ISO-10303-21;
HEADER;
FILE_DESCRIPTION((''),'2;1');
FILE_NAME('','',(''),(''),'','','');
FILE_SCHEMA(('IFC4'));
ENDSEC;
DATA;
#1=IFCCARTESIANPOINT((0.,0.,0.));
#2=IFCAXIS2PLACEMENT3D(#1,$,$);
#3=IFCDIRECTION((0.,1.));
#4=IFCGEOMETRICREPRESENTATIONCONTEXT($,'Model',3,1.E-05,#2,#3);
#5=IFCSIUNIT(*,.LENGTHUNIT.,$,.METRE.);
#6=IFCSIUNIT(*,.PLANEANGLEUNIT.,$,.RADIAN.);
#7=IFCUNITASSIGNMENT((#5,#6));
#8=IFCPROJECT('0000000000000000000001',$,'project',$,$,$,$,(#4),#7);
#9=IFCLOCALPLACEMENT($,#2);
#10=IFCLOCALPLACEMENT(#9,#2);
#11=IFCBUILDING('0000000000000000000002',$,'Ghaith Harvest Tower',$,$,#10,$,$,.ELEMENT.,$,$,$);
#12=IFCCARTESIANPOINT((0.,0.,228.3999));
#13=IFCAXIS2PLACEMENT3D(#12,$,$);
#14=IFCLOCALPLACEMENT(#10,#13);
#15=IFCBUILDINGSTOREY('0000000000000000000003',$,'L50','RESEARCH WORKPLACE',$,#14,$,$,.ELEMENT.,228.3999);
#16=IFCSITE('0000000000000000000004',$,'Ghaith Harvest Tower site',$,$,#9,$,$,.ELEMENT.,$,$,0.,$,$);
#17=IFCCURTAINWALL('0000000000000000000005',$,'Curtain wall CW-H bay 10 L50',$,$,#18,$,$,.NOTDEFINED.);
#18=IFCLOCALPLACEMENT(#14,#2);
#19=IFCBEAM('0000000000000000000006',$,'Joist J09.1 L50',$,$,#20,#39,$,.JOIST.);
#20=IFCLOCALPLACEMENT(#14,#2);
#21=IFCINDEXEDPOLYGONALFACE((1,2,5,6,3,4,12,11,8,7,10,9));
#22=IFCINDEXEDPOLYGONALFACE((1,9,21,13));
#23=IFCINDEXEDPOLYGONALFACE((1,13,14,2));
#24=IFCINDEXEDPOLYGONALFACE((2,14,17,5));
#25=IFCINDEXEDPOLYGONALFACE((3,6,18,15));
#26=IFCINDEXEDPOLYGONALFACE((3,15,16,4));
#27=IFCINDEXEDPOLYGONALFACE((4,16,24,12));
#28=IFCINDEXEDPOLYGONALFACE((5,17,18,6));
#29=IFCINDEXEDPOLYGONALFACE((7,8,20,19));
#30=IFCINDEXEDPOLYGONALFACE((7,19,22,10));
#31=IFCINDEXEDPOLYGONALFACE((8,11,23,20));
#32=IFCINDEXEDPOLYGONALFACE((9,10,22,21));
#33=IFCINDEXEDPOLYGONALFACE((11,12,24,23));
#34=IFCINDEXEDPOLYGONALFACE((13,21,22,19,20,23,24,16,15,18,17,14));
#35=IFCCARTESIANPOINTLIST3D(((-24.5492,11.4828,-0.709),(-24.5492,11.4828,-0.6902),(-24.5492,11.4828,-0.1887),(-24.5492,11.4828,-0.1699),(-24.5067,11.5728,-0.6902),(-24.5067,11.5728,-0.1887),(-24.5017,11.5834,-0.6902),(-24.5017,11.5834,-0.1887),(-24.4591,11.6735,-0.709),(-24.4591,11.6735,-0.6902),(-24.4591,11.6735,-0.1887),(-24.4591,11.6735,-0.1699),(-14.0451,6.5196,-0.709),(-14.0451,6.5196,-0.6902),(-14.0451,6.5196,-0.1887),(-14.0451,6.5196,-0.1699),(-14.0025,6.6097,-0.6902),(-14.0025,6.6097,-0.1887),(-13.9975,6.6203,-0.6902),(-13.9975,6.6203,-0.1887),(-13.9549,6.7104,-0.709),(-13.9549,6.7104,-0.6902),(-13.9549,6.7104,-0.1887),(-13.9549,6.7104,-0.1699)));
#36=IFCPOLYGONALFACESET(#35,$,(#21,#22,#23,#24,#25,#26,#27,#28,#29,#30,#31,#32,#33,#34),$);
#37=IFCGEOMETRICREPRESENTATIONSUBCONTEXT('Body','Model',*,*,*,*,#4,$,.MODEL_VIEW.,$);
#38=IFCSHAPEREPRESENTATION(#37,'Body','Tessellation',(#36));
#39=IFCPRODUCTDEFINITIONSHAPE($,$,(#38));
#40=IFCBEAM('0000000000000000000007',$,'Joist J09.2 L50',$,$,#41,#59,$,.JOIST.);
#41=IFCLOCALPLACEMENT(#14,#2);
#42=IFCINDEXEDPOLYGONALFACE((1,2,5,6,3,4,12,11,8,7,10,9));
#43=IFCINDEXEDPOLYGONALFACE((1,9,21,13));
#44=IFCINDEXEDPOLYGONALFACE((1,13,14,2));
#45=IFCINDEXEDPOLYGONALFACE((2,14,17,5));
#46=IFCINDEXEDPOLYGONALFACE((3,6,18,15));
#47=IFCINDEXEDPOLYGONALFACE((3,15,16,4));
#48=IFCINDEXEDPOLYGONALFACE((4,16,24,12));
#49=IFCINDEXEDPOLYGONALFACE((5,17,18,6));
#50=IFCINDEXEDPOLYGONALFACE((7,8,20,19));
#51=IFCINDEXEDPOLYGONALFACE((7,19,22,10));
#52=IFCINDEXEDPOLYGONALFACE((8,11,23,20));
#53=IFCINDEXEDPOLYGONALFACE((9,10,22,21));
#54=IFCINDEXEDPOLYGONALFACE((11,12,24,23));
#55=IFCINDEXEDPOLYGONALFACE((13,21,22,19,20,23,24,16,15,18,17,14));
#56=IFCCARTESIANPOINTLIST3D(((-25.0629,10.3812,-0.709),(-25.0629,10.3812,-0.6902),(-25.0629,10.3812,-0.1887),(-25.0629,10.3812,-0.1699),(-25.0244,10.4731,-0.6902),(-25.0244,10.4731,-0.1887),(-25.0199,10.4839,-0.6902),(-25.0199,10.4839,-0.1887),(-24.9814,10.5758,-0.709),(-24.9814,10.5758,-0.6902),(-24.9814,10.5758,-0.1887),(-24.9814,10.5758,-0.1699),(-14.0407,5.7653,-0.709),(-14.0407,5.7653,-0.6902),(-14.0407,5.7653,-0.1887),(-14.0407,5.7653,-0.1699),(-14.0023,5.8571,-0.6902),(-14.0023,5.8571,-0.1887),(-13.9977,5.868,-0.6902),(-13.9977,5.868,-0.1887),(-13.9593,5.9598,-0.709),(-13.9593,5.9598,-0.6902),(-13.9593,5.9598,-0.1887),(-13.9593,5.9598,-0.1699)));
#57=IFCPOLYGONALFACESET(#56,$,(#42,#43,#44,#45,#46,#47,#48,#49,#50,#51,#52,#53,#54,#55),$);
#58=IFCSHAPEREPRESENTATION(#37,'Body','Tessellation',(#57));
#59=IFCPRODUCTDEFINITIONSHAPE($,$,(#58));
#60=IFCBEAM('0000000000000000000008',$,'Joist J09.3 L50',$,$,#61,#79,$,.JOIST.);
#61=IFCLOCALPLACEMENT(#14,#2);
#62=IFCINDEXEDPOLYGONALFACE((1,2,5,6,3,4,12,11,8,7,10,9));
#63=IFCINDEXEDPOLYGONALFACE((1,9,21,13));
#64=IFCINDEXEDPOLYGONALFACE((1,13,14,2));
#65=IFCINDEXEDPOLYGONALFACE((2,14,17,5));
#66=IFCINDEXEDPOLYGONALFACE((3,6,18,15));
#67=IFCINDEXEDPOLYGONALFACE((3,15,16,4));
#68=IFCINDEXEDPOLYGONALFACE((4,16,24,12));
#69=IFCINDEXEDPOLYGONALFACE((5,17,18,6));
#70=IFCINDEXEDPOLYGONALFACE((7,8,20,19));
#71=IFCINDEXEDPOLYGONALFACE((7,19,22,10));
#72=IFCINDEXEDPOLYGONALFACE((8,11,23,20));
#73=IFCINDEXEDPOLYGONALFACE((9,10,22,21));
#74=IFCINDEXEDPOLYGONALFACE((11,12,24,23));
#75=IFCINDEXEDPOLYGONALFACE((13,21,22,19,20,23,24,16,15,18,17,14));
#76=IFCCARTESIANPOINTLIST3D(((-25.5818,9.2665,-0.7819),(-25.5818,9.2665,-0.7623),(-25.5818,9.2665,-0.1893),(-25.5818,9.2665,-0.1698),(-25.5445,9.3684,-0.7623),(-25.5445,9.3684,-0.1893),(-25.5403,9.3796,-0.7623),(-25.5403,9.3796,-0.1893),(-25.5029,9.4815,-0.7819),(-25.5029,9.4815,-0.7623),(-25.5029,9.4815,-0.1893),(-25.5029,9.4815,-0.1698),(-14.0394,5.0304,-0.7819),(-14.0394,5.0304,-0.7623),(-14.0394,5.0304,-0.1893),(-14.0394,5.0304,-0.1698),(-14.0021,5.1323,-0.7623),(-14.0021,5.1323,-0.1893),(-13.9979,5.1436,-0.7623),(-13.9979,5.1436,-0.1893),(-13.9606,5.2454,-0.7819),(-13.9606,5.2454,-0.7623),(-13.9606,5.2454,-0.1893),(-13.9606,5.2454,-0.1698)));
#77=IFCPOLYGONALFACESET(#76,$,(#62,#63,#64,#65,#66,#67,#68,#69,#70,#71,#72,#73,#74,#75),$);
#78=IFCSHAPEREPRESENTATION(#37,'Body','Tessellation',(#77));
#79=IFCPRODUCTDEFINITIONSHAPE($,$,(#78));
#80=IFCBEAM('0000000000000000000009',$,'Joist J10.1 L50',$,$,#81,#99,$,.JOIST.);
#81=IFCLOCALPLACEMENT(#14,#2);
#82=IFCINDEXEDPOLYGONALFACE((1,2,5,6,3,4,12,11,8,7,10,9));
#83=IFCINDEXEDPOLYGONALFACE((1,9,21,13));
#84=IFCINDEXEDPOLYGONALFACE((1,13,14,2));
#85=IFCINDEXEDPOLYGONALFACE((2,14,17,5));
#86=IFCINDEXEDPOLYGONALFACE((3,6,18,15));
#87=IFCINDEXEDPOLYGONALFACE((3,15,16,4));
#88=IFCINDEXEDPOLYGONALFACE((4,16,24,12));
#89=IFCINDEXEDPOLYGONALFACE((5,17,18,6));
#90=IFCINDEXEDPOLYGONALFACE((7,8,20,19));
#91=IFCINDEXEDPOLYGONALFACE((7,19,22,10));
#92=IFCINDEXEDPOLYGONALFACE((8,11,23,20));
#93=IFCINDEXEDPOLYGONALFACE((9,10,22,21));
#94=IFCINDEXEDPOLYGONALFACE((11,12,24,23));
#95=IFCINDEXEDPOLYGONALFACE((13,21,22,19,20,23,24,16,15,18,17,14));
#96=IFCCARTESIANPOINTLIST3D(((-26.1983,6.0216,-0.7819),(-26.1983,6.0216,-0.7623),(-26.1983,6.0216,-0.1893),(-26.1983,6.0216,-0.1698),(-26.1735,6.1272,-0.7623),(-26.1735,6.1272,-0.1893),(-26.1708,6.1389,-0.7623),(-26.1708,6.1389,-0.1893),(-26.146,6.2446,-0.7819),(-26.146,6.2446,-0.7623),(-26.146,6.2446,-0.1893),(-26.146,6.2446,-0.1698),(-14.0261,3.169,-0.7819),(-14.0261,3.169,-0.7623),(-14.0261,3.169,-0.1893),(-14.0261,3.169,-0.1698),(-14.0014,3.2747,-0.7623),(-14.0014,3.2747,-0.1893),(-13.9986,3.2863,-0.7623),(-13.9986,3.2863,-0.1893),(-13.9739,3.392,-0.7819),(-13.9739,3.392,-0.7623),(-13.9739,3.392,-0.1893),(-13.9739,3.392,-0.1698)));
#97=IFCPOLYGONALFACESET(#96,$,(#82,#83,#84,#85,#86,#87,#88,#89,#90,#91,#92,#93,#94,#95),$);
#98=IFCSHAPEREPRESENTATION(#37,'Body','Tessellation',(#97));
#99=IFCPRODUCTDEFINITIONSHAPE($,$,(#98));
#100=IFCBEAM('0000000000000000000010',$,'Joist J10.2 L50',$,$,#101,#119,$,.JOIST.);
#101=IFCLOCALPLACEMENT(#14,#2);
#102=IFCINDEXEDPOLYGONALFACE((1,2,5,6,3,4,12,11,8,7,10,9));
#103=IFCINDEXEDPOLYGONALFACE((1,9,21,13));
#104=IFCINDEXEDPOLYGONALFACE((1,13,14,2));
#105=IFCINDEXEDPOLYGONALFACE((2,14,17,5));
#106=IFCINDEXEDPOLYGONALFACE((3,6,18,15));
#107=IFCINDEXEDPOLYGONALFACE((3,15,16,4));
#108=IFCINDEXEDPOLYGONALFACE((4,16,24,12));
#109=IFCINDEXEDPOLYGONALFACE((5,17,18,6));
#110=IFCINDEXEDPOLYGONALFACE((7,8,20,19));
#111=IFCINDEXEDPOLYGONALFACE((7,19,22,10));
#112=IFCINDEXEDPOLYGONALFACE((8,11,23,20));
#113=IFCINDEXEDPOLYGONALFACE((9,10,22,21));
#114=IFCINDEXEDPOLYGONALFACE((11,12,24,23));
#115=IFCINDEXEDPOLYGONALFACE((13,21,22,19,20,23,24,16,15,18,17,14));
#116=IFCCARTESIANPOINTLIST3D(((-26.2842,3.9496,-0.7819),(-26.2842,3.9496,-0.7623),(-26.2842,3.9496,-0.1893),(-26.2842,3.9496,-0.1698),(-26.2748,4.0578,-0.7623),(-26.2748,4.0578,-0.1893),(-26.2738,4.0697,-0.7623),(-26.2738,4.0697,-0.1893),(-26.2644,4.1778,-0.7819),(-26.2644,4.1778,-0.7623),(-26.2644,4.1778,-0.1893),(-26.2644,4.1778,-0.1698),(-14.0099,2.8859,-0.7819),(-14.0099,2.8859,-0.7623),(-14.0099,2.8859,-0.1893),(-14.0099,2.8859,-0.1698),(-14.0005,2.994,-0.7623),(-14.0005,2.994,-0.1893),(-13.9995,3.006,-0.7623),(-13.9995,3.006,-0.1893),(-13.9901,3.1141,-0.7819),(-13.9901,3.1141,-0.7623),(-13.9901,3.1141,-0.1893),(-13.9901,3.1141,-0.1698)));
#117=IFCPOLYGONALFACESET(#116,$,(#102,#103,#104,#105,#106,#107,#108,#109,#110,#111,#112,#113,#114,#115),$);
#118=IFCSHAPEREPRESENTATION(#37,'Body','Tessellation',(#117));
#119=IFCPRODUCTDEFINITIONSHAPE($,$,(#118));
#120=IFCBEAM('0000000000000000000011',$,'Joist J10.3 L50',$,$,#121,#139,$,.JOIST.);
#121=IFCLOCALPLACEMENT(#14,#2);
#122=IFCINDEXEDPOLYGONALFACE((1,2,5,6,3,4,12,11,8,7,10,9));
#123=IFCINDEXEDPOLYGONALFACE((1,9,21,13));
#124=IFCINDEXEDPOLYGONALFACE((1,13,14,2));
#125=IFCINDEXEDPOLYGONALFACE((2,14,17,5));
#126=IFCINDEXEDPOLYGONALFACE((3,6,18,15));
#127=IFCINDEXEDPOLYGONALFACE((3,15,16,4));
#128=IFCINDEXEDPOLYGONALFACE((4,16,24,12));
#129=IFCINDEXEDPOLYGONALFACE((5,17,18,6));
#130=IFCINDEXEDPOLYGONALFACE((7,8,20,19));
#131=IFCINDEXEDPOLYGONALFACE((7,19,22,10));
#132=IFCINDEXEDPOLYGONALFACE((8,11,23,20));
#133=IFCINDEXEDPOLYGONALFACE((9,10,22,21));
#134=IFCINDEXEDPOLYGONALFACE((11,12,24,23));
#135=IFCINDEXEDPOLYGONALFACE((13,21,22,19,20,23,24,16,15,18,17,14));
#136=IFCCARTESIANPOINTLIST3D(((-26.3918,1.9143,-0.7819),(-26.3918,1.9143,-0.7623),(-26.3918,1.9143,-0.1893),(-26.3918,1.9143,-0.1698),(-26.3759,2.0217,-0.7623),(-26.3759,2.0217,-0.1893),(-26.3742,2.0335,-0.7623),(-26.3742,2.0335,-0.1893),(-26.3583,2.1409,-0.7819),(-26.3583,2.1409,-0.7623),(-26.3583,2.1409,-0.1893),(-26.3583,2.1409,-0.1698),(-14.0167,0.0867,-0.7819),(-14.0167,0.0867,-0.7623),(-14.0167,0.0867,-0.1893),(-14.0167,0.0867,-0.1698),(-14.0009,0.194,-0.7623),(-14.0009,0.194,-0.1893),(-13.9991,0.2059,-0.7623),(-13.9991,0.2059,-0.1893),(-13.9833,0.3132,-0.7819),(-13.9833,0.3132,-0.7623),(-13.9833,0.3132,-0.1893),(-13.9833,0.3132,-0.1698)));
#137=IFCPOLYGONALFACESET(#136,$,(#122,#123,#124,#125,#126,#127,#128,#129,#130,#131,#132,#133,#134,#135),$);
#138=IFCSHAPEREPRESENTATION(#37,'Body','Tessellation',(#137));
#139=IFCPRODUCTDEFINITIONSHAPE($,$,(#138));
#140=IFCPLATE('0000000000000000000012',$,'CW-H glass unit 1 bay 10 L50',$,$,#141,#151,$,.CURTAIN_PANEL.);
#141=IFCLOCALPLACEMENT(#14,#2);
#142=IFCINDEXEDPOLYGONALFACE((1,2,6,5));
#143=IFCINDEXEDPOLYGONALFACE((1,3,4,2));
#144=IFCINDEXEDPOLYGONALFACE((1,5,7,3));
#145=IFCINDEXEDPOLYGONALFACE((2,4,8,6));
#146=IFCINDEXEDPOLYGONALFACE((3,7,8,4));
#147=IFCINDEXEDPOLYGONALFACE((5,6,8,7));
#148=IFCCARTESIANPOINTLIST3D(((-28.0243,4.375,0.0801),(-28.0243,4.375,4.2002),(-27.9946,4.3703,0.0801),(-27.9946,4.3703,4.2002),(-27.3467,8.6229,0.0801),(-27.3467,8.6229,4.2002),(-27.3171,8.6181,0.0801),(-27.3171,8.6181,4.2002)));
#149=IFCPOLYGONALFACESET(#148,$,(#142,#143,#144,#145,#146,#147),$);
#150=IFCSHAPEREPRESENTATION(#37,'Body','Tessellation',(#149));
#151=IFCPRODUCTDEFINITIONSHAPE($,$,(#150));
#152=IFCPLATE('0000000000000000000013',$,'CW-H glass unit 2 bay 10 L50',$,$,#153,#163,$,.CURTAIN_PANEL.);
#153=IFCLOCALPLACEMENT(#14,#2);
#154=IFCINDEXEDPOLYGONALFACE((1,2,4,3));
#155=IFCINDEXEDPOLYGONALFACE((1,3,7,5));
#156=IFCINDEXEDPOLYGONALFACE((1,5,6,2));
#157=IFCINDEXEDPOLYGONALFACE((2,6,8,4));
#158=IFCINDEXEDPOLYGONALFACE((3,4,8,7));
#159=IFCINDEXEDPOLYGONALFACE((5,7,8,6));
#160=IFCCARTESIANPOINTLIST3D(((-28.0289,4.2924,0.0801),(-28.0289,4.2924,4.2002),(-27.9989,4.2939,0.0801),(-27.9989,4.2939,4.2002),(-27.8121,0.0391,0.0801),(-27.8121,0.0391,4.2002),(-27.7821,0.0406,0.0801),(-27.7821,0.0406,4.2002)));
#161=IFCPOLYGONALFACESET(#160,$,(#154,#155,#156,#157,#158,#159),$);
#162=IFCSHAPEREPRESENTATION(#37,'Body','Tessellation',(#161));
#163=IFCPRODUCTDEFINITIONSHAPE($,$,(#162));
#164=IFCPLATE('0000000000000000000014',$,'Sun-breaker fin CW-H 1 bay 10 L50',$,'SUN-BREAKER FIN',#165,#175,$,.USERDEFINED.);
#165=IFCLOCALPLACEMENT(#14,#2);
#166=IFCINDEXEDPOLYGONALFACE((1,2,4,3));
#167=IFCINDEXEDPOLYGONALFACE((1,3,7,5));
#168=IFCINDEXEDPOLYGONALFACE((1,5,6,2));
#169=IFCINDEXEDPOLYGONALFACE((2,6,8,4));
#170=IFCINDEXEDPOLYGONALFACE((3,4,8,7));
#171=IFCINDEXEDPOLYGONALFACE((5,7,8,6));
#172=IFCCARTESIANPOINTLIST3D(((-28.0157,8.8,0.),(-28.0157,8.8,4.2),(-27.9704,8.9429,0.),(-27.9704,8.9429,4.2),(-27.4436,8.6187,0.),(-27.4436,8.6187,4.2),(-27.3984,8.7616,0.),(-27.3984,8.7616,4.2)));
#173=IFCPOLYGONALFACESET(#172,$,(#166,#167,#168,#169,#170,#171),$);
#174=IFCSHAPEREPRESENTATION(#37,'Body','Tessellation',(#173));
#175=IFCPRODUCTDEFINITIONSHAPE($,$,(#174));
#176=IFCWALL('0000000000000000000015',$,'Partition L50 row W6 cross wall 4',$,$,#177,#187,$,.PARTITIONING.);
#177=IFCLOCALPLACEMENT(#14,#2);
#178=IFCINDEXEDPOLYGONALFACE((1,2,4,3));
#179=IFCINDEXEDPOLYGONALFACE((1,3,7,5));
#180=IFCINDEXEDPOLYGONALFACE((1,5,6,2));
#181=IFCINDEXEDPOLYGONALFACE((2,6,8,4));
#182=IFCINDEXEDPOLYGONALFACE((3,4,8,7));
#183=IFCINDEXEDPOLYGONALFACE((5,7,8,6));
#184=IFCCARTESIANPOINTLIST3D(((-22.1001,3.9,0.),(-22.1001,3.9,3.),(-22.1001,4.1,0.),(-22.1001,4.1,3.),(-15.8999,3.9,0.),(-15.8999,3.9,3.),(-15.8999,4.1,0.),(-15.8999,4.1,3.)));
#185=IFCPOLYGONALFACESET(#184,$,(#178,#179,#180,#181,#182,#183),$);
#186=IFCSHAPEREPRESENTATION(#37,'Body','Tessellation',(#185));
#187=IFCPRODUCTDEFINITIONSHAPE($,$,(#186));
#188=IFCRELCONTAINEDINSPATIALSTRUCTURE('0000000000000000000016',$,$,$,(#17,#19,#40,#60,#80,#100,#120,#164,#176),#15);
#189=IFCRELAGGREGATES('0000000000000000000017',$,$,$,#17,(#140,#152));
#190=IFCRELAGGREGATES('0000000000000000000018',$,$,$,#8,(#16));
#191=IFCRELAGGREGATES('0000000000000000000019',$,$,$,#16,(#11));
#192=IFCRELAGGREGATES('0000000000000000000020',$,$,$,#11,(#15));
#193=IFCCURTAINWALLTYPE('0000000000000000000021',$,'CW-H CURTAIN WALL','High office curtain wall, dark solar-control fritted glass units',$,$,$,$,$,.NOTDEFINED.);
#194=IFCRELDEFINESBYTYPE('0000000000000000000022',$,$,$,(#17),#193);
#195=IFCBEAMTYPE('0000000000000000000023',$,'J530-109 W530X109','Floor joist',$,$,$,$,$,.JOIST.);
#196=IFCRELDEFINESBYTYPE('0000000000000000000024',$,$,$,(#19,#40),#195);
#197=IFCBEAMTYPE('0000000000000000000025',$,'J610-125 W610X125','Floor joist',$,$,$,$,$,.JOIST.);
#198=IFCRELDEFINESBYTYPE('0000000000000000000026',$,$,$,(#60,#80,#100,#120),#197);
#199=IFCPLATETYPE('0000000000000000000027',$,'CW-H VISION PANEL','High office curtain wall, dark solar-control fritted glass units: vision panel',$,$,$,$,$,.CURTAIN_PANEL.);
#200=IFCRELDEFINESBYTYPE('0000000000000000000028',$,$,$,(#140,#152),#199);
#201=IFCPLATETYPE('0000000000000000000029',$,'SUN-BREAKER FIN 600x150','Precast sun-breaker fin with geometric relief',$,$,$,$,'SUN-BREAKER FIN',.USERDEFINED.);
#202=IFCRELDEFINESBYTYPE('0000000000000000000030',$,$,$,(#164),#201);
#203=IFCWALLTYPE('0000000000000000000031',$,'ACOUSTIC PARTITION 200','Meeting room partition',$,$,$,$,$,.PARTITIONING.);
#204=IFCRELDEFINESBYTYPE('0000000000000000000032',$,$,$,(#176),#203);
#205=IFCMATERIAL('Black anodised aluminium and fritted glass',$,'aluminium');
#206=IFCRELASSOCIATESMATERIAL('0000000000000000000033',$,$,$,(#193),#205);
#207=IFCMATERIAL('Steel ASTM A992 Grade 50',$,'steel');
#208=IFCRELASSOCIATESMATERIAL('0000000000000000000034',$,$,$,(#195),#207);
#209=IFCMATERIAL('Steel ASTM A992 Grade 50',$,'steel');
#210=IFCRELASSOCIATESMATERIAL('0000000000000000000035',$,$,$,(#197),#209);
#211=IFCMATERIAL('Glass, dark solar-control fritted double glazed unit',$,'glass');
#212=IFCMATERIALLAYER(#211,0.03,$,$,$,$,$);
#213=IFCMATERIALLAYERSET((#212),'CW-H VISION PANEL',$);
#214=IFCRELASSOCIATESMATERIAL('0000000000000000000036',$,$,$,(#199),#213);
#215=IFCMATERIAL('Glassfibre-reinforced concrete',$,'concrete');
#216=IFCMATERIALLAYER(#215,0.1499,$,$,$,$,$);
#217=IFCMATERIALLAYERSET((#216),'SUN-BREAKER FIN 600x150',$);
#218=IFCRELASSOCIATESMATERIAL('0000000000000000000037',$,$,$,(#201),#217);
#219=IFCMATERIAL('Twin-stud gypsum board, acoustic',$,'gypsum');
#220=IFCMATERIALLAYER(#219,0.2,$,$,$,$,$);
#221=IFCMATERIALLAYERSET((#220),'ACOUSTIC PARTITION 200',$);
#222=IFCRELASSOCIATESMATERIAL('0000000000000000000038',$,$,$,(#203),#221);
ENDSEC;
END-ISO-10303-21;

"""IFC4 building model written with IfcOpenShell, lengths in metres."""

from ifc_helpers import new_model, si_unit, direction, frame, frame_2d, origin, origin_2d, place, context, subcontext, project, spatial, rectangle, i_section, extrude, material, layer, layer_set, material_profile, profile_set, type_object, element, aggregate, save


model = new_model("IFC4")

# Units and contexts
model_context = context("Model", 3, precision=1e-05, world=origin(), true_north=direction((0.0, 1.0)))
body_context = subcontext(model_context, "Body", "Model", "MODEL_VIEW")
ifc_project = project(units=[si_unit("LENGTHUNIT", "METRE"), si_unit("PLANEANGLEUNIT", "RADIAN")], contexts=[model_context])

# Site, building, storey
site_placement = place(None, origin())
site = spatial("IfcSite", under=ifc_project, at=site_placement, Name="Ghaith Harvest Tower site", CompositionType="ELEMENT", RefElevation=0.0)
building_placement = place(site_placement, origin())
building = spatial("IfcBuilding", under=site, at=building_placement, Name="Ghaith Harvest Tower", CompositionType="ELEMENT")
storey_placement = place(building_placement, frame((0.0, 0.0, 228.3999)))
storey = spatial("IfcBuildingStorey", under=building, at=storey_placement, Name="L50", Description="RESEARCH WORKPLACE", CompositionType="ELEMENT", Elevation=228.3999)

# Curtain wall
ifc_material_1 = material(Name="Black anodised aluminium and fritted glass", Category="aluminium")
curtain_wall_type = type_object("IfcCurtainWallType", Name="CW-H CURTAIN WALL", Description="High office curtain wall, dark solar-control fritted glass units", PredefinedType="NOTDEFINED", material=ifc_material_1)
curtain_wall_placement = place(storey_placement, origin())
curtain_wall = element("IfcCurtainWall", 1, at=curtain_wall_placement, inside=storey, type_object=curtain_wall_type, Name="Curtain wall CW-H bay 10 L50", PredefinedType="NOTDEFINED")

# Beams
ifc_material_2 = material(Name="Steel ASTM A992 Grade 50", Category="steel")
ifc_material_profile_1 = material_profile(ifc_material_2, i_section(OverallWidth=0.2109, OverallDepth=0.5391, WebThickness=0.0117, FlangeThickness=0.0188, at=origin_2d()), Name="W530X109")
ifc_profile_set_1 = profile_set([ifc_material_profile_1], Name="Steel ASTM A992 Grade 50")
beam_type_1 = type_object("IfcBeamType", Name="J530-109 W530X109", Description="Floor joist", PredefinedType="JOIST", material=ifc_profile_set_1)
beam_1_placement = place(storey_placement, frame((-14.0, 6.615, -0.4395), z_axis=(-0.904154, 0.427206, 0.0), x_axis=(-0.427206, -0.904154, 0.0)))
element("IfcBeam", 2, at=beam_1_placement, inside=storey, type_object=beam_type_1, Name="Joist J09.1 L50", PredefinedType="JOIST", context=body_context, shape_type="SweptSolid", body=[
    extrude(i_section(OverallWidth=0.2109, OverallDepth=0.5391, WebThickness=0.0117, FlangeThickness=0.0188, at=origin_2d()), origin(), (0.0, 0.0, 1.0), 11.6177),
])
beam_2_placement = place(storey_placement, frame((-14.0, 5.8625, -0.4395), z_axis=(-0.922381, 0.386282, 0.0), x_axis=(-0.386282, -0.922381, 0.0)))
element("IfcBeam", 3, at=beam_2_placement, inside=storey, type_object=beam_type_1, Name="Joist J09.2 L50", PredefinedType="JOIST", context=body_context, shape_type="SweptSolid", body=[
    extrude(i_section(OverallWidth=0.2109, OverallDepth=0.5391, WebThickness=0.0117, FlangeThickness=0.0188, at=origin_2d()), origin(), (0.0, 0.0, 1.0), 11.9497),
])
ifc_material_3 = material(Name="Steel ASTM A992 Grade 50", Category="steel")
ifc_material_profile_2 = material_profile(ifc_material_3, i_section(OverallWidth=0.229, OverallDepth=0.6121, WebThickness=0.012, FlangeThickness=0.0195, at=origin_2d()), Name="W610X125")
ifc_profile_set_2 = profile_set([ifc_material_profile_2], Name="Steel ASTM A992 Grade 50")
beam_type_2 = type_object("IfcBeamType", Name="J610-125 W610X125", Description="Floor joist", PredefinedType="JOIST", material=ifc_profile_set_2)
beam_3_placement = place(storey_placement, frame((-14.0, 5.1379, -0.4758), z_axis=(-0.938775, 0.34453, 0.0), x_axis=(-0.34453, -0.938775, 0.0)))
element("IfcBeam", 4, at=beam_3_placement, inside=storey, type_object=beam_type_2, Name="Joist J09.3 L50", PredefinedType="JOIST", context=body_context, shape_type="SweptSolid", body=[
    extrude(i_section(OverallWidth=0.229, OverallDepth=0.6121, WebThickness=0.012, FlangeThickness=0.0195, at=origin_2d()), origin(), (0.0, 0.0, 1.0), 12.2952),
])
beam_4_placement = place(storey_placement, frame((-14.0, 3.2805, -0.4758), z_axis=(-0.973622, 0.228168, 0.0), x_axis=(-0.228168, -0.973622, 0.0)))
element("IfcBeam", 5, at=beam_4_placement, inside=storey, type_object=beam_type_2, Name="Joist J10.1 L50", PredefinedType="JOIST", context=body_context, shape_type="SweptSolid", body=[
    extrude(i_section(OverallWidth=0.229, OverallDepth=0.6121, WebThickness=0.012, FlangeThickness=0.0195, at=origin_2d()), origin(), (0.0, 0.0, 1.0), 12.502),
])
beam_5_placement = place(storey_placement, frame((-14.0, 3.0, -0.4758), z_axis=(-0.996266, 0.086338, 0.0), x_axis=(-0.086338, -0.996266, 0.0)))
element("IfcBeam", 6, at=beam_5_placement, inside=storey, type_object=beam_type_2, Name="Joist J10.2 L50", PredefinedType="JOIST", context=body_context, shape_type="SweptSolid", body=[
    extrude(i_section(OverallWidth=0.229, OverallDepth=0.6121, WebThickness=0.012, FlangeThickness=0.0195, at=origin_2d()), origin(), (0.0, 0.0, 1.0), 12.3203),
])
beam_6_placement = place(storey_placement, frame((-14.0, 0.2, -0.4758), z_axis=(-0.989269, 0.146103, 0.0), x_axis=(-0.146103, -0.989269, 0.0)))
element("IfcBeam", 7, at=beam_6_placement, inside=storey, type_object=beam_type_2, Name="Joist J10.3 L50", PredefinedType="JOIST", context=body_context, shape_type="SweptSolid", body=[
    extrude(i_section(OverallWidth=0.229, OverallDepth=0.6121, WebThickness=0.012, FlangeThickness=0.0195, at=origin_2d()), origin(), (0.0, 0.0, 1.0), 12.5093),
])

# Plates
ifc_material_4 = material(Name="Glass, dark solar-control fritted double glazed unit", Category="glass")
ifc_layer_1 = layer(ifc_material_4, 0.03)
ifc_layer_set_1 = layer_set([ifc_layer_1], Name="CW-H VISION PANEL")
plate_type_1 = type_object("IfcPlateType", Name="CW-H VISION PANEL", Description="High office curtain wall, dark solar-control fritted glass units: vision panel", PredefinedType="CURTAIN_PANEL", material=ifc_layer_set_1)
plate_1_placement = place(storey_placement, frame((-27.6707, 6.4966, 0.0801), z_axis=(0.0, 0.0, 1.0), x_axis=(-0.157514, -0.987517, 0.0)))
plate_1 = element("IfcPlate", 8, at=plate_1_placement, type_object=plate_type_1, Name="CW-H glass unit 1 bay 10 L50", PredefinedType="CURTAIN_PANEL", context=body_context, shape_type="SweptSolid", body=[
    extrude(rectangle(XDim=4.3015, YDim=0.03, at=origin_2d()), origin(), (0.0, 0.0, 1.0), 4.1201),
])
plate_2_placement = place(storey_placement, frame((-27.9055, 2.1665, 0.0801), z_axis=(0.0, 0.0, 1.0), x_axis=(0.050895, -0.998704, 0.0)))
plate_2 = element("IfcPlate", 9, at=plate_2_placement, type_object=plate_type_1, Name="CW-H glass unit 2 bay 10 L50", PredefinedType="CURTAIN_PANEL", context=body_context, shape_type="SweptSolid", body=[
    extrude(rectangle(XDim=4.2588, YDim=0.03, at=origin_2d()), origin(), (0.0, 0.0, 1.0), 4.1201),
])
aggregate(curtain_wall, [plate_1, plate_2])
ifc_material_5 = material(Name="Glassfibre-reinforced concrete", Category="concrete")
ifc_layer_2 = layer(ifc_material_5, 0.1499)
ifc_layer_set_2 = layer_set([ifc_layer_2], Name="SUN-BREAKER FIN 600x150")
plate_type_2 = type_object("IfcPlateType", Name="SUN-BREAKER FIN 600x150", Description="Precast sun-breaker fin with geometric relief", ElementType="SUN-BREAKER FIN", PredefinedType="USERDEFINED", material=ifc_layer_set_2)
plate_3_placement = place(storey_placement, frame((-27.707, 8.7808, 0.0), z_axis=(0.0, 0.0, 1.0), x_axis=(-0.953273, 0.30211, 0.0)))
element("IfcPlate", 10, at=plate_3_placement, inside=storey, type_object=plate_type_2, Name="Sun-breaker fin CW-H 1 bay 10 L50", ObjectType="SUN-BREAKER FIN", PredefinedType="USERDEFINED", context=body_context, shape_type="SweptSolid", body=[
    extrude(rectangle(XDim=0.6001, YDim=0.1499, at=origin_2d()), origin(), (0.0, 0.0, 1.0), 4.2),
])

# Wall
ifc_material_6 = material(Name="Twin-stud gypsum board, acoustic", Category="gypsum")
ifc_layer_3 = layer(ifc_material_6, 0.2)
ifc_layer_set_3 = layer_set([ifc_layer_3], Name="ACOUSTIC PARTITION 200")
wall_type_1 = type_object("IfcWallType", Name="ACOUSTIC PARTITION 200", Description="Meeting room partition", PredefinedType="PARTITIONING", material=ifc_layer_set_3)
wall_1_placement = place(storey_placement, frame((-15.8999, 4.0, 0.0), z_axis=(0.0, 0.0, 1.0), x_axis=(-1.0, 0.0, 0.0)))
element("IfcWall", 11, at=wall_1_placement, inside=storey, type_object=wall_type_1, Name="Partition L50 row W6 cross wall 4", PredefinedType="PARTITIONING", context=body_context, shape_type="SweptSolid", body=[
    extrude(rectangle(XDim=6.2002, YDim=0.2, at=frame_2d((3.1001, 0.0))), origin(), (0.0, 0.0, 1.0), 3.0),
])

save(model, "model.ifc")
